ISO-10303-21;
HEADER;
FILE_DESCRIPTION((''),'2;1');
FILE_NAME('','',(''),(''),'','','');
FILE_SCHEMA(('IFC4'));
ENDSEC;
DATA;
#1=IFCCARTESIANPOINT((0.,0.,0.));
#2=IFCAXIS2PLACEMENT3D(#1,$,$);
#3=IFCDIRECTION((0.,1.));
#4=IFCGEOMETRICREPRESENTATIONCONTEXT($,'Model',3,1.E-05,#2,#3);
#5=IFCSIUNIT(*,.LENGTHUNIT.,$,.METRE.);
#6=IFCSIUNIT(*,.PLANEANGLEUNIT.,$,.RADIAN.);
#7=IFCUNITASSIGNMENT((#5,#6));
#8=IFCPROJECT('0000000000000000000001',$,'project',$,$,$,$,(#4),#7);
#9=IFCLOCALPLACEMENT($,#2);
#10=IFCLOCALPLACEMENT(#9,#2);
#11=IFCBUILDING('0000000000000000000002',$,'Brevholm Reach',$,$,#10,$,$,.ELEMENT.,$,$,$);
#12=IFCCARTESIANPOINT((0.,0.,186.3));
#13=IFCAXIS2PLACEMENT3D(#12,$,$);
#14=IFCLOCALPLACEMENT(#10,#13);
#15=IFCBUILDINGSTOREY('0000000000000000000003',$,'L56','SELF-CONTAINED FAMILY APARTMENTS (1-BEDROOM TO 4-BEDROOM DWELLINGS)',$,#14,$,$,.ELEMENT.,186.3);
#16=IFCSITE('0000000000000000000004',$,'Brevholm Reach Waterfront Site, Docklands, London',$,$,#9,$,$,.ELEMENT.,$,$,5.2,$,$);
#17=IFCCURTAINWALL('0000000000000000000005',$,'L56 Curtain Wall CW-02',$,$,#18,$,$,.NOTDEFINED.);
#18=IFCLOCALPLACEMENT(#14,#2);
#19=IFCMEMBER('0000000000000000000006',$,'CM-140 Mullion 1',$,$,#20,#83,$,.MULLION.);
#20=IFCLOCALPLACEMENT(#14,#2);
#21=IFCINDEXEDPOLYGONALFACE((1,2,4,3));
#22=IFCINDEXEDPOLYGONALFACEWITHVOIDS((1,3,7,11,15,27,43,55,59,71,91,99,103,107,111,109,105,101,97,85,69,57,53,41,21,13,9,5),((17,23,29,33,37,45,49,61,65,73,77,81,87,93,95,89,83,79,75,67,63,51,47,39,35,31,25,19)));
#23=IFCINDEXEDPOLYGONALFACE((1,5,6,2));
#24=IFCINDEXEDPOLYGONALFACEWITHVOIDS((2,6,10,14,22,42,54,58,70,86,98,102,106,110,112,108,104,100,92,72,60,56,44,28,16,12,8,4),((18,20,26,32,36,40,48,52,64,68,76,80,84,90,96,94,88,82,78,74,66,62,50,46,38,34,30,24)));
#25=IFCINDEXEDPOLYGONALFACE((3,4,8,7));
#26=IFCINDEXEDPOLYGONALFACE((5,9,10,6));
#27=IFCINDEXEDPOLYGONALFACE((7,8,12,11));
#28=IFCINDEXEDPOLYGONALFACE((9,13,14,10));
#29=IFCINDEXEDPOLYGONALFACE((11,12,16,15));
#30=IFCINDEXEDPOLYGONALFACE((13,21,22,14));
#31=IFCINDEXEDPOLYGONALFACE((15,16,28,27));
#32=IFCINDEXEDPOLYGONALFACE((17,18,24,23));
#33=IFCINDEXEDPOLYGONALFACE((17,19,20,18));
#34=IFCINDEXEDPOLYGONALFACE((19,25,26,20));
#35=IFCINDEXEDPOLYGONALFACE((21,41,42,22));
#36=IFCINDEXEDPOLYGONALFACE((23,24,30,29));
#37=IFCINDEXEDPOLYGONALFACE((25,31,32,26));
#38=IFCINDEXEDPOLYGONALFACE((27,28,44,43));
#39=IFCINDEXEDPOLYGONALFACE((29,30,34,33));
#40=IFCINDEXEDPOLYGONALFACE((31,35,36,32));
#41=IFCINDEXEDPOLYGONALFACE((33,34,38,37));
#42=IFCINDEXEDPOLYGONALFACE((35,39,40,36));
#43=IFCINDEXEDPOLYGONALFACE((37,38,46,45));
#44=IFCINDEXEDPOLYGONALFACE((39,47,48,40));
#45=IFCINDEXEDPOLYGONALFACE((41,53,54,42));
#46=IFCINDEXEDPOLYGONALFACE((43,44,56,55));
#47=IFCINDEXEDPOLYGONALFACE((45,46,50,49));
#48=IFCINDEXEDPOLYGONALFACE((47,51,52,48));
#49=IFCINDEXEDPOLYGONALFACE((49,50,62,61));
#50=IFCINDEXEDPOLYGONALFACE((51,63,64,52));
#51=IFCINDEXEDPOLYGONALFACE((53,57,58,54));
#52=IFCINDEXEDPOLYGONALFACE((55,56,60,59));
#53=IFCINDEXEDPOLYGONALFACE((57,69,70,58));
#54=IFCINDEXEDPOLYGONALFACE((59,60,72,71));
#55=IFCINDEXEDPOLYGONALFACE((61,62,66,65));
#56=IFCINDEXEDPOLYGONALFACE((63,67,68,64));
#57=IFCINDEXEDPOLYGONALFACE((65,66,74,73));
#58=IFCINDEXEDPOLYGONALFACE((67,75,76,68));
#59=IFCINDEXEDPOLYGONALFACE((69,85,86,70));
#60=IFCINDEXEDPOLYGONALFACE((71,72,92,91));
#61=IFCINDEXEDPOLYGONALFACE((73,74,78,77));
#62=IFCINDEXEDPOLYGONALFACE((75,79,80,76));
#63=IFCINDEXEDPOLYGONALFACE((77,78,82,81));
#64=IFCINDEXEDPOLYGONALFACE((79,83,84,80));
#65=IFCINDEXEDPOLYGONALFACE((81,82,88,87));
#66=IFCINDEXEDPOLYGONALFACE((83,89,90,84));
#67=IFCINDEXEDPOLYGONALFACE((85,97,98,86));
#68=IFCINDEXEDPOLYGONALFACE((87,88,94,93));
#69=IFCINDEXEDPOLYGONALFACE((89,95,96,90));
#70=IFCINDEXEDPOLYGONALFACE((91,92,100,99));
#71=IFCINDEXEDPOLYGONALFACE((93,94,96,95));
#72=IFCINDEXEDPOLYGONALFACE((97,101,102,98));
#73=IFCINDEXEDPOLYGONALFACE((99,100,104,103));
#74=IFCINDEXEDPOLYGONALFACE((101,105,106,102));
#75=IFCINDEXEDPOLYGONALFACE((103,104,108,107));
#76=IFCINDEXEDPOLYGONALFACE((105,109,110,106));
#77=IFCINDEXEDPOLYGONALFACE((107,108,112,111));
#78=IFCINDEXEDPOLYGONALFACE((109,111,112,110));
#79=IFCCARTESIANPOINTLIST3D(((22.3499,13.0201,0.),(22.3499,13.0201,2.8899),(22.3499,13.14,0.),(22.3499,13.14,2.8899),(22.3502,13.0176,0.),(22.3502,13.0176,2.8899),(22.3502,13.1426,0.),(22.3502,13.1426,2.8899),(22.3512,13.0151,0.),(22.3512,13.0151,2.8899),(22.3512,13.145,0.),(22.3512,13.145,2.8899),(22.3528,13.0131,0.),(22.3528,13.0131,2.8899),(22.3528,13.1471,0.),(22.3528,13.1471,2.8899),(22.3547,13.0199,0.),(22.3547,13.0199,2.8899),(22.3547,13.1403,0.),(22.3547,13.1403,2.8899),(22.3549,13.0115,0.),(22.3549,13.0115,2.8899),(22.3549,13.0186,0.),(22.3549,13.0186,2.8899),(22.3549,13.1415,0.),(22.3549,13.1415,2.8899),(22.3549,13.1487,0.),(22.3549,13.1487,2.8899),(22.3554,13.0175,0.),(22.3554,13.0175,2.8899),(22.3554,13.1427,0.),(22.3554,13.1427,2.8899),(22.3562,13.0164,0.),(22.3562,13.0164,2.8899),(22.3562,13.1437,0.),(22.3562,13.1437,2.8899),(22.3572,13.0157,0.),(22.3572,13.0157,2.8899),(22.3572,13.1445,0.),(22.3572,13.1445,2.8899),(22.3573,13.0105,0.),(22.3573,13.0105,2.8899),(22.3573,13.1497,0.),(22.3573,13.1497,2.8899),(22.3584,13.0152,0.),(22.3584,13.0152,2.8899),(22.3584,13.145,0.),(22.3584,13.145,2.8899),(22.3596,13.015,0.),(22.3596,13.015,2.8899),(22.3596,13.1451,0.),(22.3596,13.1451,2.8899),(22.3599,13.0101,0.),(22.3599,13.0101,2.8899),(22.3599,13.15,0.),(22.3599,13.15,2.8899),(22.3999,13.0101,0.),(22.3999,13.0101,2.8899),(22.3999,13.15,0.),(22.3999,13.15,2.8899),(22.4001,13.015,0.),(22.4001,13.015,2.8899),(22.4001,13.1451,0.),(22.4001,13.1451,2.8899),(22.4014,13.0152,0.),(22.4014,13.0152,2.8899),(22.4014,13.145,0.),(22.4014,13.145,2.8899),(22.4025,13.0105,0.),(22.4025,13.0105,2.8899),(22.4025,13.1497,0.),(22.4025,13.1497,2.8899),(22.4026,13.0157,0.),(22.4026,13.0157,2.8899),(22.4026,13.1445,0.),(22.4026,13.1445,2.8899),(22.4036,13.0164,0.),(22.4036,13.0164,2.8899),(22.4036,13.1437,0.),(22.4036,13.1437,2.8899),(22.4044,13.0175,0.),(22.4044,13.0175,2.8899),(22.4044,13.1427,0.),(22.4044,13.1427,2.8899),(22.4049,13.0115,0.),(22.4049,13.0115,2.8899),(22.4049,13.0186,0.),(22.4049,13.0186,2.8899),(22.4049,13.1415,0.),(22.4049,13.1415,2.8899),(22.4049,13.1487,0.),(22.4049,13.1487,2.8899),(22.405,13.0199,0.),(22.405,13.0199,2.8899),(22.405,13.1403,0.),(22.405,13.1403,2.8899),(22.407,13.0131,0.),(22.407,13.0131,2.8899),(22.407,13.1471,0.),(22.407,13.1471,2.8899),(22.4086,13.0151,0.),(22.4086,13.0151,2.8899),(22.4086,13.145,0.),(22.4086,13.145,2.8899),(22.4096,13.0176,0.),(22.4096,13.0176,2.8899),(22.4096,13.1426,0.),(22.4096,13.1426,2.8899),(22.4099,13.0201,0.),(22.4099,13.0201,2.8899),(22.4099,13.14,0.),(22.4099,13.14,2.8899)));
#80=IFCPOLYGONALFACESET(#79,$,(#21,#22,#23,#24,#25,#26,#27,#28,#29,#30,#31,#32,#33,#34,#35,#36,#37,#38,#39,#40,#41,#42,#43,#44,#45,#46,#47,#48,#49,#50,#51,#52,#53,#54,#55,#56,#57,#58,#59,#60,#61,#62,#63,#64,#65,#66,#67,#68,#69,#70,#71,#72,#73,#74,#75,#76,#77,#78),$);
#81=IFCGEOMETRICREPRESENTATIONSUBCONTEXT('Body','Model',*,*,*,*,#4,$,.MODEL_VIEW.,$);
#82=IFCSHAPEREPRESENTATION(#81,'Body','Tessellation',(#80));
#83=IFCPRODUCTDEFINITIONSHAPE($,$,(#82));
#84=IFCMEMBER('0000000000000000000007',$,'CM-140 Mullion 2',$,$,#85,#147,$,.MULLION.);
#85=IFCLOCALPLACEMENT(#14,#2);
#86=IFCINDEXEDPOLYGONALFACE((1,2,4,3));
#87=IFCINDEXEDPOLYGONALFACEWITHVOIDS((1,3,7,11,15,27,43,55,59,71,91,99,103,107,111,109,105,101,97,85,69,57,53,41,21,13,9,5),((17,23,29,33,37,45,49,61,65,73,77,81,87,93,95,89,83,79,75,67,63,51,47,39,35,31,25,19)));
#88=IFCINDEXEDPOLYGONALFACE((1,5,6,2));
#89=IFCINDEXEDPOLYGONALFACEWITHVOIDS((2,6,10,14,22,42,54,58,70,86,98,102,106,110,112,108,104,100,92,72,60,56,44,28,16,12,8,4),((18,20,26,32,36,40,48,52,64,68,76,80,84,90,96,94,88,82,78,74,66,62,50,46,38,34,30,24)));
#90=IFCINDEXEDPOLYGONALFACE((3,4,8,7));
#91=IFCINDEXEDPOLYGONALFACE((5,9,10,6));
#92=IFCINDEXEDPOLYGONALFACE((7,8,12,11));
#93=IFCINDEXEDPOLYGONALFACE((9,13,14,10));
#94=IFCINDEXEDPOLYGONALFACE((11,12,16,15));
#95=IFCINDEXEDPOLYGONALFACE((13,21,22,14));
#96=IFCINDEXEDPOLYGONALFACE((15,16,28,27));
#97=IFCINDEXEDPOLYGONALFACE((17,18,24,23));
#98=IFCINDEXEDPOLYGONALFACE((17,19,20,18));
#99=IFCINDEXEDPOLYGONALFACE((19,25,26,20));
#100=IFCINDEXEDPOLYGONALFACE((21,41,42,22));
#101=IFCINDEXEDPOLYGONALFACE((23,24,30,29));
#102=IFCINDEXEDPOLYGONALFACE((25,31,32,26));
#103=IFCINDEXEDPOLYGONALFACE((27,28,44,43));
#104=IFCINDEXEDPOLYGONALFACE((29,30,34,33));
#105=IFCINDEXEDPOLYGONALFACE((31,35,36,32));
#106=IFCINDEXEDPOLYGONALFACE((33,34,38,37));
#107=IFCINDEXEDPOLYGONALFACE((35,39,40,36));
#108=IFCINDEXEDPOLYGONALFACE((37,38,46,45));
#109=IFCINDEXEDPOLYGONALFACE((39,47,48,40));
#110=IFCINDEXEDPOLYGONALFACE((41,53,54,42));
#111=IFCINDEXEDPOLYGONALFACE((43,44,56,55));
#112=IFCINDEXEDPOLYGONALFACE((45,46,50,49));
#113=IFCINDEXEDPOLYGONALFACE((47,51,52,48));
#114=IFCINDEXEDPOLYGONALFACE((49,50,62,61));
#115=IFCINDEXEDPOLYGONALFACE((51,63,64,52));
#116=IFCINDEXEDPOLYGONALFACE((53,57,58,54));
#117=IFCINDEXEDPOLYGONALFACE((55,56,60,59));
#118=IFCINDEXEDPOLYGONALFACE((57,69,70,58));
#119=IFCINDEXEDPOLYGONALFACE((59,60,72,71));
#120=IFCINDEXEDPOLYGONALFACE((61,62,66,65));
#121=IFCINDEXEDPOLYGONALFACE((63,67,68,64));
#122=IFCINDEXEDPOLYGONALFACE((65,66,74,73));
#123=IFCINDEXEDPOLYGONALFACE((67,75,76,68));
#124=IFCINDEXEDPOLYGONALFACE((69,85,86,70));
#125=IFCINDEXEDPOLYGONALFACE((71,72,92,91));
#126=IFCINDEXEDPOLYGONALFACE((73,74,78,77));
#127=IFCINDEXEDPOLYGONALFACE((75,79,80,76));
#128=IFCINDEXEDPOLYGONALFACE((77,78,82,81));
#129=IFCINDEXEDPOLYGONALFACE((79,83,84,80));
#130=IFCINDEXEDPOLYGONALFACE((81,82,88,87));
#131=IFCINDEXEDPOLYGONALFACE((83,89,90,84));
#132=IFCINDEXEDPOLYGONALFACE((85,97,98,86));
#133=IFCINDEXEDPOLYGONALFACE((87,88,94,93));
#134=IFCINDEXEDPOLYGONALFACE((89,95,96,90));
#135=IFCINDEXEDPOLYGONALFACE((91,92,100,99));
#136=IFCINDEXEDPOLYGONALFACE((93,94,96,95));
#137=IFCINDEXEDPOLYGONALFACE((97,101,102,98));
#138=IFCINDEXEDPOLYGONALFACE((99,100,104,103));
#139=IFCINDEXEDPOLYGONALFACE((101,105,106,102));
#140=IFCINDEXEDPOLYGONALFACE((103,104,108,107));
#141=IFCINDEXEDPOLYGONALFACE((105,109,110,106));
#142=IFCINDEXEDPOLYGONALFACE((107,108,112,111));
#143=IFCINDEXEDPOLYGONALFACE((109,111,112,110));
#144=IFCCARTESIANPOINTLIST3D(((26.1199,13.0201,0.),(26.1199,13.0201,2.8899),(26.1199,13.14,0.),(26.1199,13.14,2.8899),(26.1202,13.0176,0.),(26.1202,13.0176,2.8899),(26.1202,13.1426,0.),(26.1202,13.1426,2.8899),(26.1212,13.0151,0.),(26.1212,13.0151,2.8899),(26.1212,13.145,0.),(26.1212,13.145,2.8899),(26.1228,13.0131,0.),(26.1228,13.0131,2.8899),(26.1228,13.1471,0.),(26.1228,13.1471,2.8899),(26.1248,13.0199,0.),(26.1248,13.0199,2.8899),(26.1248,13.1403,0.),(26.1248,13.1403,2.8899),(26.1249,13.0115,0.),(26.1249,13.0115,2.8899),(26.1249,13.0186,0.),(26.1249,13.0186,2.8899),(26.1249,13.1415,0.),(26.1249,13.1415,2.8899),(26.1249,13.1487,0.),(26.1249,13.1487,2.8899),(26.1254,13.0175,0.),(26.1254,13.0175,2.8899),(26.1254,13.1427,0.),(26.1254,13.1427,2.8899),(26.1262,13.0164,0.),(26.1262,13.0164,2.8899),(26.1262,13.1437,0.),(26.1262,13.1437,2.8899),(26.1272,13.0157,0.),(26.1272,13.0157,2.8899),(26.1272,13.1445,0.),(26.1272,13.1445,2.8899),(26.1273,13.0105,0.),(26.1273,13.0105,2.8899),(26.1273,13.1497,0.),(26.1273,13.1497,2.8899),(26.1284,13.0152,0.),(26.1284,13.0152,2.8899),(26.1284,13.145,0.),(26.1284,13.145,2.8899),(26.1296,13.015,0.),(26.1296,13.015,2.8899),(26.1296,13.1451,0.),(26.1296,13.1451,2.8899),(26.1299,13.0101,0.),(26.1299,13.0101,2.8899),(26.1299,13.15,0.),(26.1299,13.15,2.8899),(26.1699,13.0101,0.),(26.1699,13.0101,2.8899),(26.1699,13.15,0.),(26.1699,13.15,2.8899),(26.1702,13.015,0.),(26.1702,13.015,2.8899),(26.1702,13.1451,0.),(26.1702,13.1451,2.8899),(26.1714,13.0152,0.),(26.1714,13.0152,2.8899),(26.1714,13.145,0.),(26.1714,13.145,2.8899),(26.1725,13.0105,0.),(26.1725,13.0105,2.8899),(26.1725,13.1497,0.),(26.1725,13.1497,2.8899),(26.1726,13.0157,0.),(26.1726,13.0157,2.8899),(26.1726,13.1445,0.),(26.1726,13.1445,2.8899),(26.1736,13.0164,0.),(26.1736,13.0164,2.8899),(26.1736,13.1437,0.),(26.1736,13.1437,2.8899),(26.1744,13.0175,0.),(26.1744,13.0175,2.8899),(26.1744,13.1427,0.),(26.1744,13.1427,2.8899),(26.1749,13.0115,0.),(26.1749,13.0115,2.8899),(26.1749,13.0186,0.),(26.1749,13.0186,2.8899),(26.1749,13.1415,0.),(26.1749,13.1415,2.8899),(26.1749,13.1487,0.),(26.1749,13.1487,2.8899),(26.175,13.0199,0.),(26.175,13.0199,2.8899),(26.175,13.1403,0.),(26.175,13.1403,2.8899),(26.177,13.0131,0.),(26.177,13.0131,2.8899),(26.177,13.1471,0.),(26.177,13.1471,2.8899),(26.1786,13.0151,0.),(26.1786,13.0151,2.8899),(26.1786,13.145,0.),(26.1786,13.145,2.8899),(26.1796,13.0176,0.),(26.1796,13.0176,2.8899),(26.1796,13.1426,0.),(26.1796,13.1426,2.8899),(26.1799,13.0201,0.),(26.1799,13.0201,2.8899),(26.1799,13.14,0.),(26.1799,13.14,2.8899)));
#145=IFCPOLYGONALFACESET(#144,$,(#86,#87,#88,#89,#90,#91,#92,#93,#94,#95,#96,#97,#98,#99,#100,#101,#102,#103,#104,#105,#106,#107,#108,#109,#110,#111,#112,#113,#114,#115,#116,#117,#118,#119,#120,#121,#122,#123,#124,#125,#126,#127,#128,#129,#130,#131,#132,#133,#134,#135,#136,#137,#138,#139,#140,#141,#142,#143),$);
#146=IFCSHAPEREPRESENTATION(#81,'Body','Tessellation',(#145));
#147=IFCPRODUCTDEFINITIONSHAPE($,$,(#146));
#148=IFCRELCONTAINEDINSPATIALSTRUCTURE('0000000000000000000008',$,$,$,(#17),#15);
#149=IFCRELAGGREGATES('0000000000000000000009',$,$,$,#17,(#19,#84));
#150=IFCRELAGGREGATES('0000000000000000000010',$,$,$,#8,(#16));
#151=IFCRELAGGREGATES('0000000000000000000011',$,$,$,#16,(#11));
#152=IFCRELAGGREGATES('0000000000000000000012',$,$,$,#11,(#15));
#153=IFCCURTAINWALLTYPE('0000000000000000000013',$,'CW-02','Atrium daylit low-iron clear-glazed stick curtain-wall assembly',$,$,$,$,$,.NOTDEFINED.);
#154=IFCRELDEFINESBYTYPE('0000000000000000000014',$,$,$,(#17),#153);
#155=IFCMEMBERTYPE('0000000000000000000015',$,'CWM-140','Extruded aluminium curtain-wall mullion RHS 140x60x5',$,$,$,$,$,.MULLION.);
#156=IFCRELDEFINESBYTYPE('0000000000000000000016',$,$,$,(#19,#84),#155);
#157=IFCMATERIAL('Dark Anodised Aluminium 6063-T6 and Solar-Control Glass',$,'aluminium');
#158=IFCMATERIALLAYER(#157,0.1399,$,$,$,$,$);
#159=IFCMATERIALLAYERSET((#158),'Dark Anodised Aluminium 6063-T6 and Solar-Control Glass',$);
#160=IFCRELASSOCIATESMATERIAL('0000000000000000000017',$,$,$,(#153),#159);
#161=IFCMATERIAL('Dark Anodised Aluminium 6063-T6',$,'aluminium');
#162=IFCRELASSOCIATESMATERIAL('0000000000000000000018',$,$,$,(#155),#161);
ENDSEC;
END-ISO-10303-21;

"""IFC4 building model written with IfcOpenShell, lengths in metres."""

from ifc_helpers import new_model, si_unit, direction, frame, origin, origin_2d, place, context, subcontext, project, spatial, hollow_rectangle, extrude, material, layer, layer_set, material_profile, profile_set, type_object, element, aggregate, save


model = new_model("IFC4")

# Units and contexts
model_context = context("Model", 3, precision=1e-05, world=origin(), true_north=direction((0.0, 1.0)))
body_context = subcontext(model_context, "Body", "Model", "MODEL_VIEW")
ifc_project = project(units=[si_unit("LENGTHUNIT", "METRE"), si_unit("PLANEANGLEUNIT", "RADIAN")], contexts=[model_context])

# Site, building, storey
site_placement = place(None, origin())
site = spatial("IfcSite", under=ifc_project, at=site_placement, Name="Brevholm Reach Waterfront Site, Docklands, London", CompositionType="ELEMENT", RefElevation=5.2)
building_placement = place(site_placement, origin())
building = spatial("IfcBuilding", under=site, at=building_placement, Name="Brevholm Reach", CompositionType="ELEMENT")
storey_placement = place(building_placement, frame((0.0, 0.0, 186.3)))
storey = spatial("IfcBuildingStorey", under=building, at=storey_placement, Name="L56", Description="SELF-CONTAINED FAMILY APARTMENTS (1-BEDROOM TO 4-BEDROOM DWELLINGS)", CompositionType="ELEMENT", Elevation=186.3)

# Curtain wall, members
ifc_material_1 = material(Name="Dark Anodised Aluminium 6063-T6 and Solar-Control Glass", Category="aluminium")
ifc_layer_1 = layer(ifc_material_1, 0.1399)
ifc_layer_set_1 = layer_set([ifc_layer_1], Name="Dark Anodised Aluminium 6063-T6 and Solar-Control Glass")
curtain_wall_type = type_object("IfcCurtainWallType", Name="CW-02", Description="Atrium daylit low-iron clear-glazed stick curtain-wall assembly", PredefinedType="NOTDEFINED", material=ifc_layer_set_1)
curtain_wall_1_placement = place(storey_placement, origin())
curtain_wall_1 = element("IfcCurtainWall", 1, at=curtain_wall_1_placement, inside=storey, type_object=curtain_wall_type, Name="L56 Curtain Wall CW-02", PredefinedType="NOTDEFINED")
ifc_material_2 = material(Name="Dark Anodised Aluminium 6063-T6", Category="aluminium")
ifc_material_profile_1 = material_profile(ifc_material_2, hollow_rectangle(XDim=0.0601, YDim=0.1399, WallThickness=0.0049, InnerFilletRadius=0.0049, OuterFilletRadius=0.01, at=origin_2d()), Name="RHS 140x60x5")
ifc_profile_set_1 = profile_set([ifc_material_profile_1], Name="Dark Anodised Aluminium 6063-T6")
member_type_1 = type_object("IfcMemberType", Name="CWM-140", Description="Extruded aluminium curtain-wall mullion RHS 140x60x5", PredefinedType="MULLION", material=ifc_profile_set_1)
member_1_placement = place(storey_placement, frame((22.3799, 13.0801, 0.0), z_axis=(0.0, 0.0, 1.0), x_axis=(1.0, 0.0, 0.0)))
member_1 = element("IfcMember", 2, at=member_1_placement, type_object=member_type_1, Name="CM-140 Mullion 1", PredefinedType="MULLION", context=body_context, shape_type="SweptSolid", body=[
    extrude(hollow_rectangle(XDim=0.0601, YDim=0.1399, WallThickness=0.0049, InnerFilletRadius=0.0049, OuterFilletRadius=0.01, at=origin_2d()), origin(), (0.0, 0.0, 1.0), 2.8899),
])
member_2_placement = place(storey_placement, frame((26.1499, 13.0801, 0.0), z_axis=(0.0, 0.0, 1.0), x_axis=(1.0, 0.0, 0.0)))
member_2 = element("IfcMember", 3, at=member_2_placement, type_object=member_type_1, Name="CM-140 Mullion 2", PredefinedType="MULLION", context=body_context, shape_type="SweptSolid", body=[
    extrude(hollow_rectangle(XDim=0.0601, YDim=0.1399, WallThickness=0.0049, InnerFilletRadius=0.0049, OuterFilletRadius=0.01, at=origin_2d()), origin(), (0.0, 0.0, 1.0), 2.8899),
])

aggregate(curtain_wall_1, [member_1, member_2])

save(model, "model.ifc")
